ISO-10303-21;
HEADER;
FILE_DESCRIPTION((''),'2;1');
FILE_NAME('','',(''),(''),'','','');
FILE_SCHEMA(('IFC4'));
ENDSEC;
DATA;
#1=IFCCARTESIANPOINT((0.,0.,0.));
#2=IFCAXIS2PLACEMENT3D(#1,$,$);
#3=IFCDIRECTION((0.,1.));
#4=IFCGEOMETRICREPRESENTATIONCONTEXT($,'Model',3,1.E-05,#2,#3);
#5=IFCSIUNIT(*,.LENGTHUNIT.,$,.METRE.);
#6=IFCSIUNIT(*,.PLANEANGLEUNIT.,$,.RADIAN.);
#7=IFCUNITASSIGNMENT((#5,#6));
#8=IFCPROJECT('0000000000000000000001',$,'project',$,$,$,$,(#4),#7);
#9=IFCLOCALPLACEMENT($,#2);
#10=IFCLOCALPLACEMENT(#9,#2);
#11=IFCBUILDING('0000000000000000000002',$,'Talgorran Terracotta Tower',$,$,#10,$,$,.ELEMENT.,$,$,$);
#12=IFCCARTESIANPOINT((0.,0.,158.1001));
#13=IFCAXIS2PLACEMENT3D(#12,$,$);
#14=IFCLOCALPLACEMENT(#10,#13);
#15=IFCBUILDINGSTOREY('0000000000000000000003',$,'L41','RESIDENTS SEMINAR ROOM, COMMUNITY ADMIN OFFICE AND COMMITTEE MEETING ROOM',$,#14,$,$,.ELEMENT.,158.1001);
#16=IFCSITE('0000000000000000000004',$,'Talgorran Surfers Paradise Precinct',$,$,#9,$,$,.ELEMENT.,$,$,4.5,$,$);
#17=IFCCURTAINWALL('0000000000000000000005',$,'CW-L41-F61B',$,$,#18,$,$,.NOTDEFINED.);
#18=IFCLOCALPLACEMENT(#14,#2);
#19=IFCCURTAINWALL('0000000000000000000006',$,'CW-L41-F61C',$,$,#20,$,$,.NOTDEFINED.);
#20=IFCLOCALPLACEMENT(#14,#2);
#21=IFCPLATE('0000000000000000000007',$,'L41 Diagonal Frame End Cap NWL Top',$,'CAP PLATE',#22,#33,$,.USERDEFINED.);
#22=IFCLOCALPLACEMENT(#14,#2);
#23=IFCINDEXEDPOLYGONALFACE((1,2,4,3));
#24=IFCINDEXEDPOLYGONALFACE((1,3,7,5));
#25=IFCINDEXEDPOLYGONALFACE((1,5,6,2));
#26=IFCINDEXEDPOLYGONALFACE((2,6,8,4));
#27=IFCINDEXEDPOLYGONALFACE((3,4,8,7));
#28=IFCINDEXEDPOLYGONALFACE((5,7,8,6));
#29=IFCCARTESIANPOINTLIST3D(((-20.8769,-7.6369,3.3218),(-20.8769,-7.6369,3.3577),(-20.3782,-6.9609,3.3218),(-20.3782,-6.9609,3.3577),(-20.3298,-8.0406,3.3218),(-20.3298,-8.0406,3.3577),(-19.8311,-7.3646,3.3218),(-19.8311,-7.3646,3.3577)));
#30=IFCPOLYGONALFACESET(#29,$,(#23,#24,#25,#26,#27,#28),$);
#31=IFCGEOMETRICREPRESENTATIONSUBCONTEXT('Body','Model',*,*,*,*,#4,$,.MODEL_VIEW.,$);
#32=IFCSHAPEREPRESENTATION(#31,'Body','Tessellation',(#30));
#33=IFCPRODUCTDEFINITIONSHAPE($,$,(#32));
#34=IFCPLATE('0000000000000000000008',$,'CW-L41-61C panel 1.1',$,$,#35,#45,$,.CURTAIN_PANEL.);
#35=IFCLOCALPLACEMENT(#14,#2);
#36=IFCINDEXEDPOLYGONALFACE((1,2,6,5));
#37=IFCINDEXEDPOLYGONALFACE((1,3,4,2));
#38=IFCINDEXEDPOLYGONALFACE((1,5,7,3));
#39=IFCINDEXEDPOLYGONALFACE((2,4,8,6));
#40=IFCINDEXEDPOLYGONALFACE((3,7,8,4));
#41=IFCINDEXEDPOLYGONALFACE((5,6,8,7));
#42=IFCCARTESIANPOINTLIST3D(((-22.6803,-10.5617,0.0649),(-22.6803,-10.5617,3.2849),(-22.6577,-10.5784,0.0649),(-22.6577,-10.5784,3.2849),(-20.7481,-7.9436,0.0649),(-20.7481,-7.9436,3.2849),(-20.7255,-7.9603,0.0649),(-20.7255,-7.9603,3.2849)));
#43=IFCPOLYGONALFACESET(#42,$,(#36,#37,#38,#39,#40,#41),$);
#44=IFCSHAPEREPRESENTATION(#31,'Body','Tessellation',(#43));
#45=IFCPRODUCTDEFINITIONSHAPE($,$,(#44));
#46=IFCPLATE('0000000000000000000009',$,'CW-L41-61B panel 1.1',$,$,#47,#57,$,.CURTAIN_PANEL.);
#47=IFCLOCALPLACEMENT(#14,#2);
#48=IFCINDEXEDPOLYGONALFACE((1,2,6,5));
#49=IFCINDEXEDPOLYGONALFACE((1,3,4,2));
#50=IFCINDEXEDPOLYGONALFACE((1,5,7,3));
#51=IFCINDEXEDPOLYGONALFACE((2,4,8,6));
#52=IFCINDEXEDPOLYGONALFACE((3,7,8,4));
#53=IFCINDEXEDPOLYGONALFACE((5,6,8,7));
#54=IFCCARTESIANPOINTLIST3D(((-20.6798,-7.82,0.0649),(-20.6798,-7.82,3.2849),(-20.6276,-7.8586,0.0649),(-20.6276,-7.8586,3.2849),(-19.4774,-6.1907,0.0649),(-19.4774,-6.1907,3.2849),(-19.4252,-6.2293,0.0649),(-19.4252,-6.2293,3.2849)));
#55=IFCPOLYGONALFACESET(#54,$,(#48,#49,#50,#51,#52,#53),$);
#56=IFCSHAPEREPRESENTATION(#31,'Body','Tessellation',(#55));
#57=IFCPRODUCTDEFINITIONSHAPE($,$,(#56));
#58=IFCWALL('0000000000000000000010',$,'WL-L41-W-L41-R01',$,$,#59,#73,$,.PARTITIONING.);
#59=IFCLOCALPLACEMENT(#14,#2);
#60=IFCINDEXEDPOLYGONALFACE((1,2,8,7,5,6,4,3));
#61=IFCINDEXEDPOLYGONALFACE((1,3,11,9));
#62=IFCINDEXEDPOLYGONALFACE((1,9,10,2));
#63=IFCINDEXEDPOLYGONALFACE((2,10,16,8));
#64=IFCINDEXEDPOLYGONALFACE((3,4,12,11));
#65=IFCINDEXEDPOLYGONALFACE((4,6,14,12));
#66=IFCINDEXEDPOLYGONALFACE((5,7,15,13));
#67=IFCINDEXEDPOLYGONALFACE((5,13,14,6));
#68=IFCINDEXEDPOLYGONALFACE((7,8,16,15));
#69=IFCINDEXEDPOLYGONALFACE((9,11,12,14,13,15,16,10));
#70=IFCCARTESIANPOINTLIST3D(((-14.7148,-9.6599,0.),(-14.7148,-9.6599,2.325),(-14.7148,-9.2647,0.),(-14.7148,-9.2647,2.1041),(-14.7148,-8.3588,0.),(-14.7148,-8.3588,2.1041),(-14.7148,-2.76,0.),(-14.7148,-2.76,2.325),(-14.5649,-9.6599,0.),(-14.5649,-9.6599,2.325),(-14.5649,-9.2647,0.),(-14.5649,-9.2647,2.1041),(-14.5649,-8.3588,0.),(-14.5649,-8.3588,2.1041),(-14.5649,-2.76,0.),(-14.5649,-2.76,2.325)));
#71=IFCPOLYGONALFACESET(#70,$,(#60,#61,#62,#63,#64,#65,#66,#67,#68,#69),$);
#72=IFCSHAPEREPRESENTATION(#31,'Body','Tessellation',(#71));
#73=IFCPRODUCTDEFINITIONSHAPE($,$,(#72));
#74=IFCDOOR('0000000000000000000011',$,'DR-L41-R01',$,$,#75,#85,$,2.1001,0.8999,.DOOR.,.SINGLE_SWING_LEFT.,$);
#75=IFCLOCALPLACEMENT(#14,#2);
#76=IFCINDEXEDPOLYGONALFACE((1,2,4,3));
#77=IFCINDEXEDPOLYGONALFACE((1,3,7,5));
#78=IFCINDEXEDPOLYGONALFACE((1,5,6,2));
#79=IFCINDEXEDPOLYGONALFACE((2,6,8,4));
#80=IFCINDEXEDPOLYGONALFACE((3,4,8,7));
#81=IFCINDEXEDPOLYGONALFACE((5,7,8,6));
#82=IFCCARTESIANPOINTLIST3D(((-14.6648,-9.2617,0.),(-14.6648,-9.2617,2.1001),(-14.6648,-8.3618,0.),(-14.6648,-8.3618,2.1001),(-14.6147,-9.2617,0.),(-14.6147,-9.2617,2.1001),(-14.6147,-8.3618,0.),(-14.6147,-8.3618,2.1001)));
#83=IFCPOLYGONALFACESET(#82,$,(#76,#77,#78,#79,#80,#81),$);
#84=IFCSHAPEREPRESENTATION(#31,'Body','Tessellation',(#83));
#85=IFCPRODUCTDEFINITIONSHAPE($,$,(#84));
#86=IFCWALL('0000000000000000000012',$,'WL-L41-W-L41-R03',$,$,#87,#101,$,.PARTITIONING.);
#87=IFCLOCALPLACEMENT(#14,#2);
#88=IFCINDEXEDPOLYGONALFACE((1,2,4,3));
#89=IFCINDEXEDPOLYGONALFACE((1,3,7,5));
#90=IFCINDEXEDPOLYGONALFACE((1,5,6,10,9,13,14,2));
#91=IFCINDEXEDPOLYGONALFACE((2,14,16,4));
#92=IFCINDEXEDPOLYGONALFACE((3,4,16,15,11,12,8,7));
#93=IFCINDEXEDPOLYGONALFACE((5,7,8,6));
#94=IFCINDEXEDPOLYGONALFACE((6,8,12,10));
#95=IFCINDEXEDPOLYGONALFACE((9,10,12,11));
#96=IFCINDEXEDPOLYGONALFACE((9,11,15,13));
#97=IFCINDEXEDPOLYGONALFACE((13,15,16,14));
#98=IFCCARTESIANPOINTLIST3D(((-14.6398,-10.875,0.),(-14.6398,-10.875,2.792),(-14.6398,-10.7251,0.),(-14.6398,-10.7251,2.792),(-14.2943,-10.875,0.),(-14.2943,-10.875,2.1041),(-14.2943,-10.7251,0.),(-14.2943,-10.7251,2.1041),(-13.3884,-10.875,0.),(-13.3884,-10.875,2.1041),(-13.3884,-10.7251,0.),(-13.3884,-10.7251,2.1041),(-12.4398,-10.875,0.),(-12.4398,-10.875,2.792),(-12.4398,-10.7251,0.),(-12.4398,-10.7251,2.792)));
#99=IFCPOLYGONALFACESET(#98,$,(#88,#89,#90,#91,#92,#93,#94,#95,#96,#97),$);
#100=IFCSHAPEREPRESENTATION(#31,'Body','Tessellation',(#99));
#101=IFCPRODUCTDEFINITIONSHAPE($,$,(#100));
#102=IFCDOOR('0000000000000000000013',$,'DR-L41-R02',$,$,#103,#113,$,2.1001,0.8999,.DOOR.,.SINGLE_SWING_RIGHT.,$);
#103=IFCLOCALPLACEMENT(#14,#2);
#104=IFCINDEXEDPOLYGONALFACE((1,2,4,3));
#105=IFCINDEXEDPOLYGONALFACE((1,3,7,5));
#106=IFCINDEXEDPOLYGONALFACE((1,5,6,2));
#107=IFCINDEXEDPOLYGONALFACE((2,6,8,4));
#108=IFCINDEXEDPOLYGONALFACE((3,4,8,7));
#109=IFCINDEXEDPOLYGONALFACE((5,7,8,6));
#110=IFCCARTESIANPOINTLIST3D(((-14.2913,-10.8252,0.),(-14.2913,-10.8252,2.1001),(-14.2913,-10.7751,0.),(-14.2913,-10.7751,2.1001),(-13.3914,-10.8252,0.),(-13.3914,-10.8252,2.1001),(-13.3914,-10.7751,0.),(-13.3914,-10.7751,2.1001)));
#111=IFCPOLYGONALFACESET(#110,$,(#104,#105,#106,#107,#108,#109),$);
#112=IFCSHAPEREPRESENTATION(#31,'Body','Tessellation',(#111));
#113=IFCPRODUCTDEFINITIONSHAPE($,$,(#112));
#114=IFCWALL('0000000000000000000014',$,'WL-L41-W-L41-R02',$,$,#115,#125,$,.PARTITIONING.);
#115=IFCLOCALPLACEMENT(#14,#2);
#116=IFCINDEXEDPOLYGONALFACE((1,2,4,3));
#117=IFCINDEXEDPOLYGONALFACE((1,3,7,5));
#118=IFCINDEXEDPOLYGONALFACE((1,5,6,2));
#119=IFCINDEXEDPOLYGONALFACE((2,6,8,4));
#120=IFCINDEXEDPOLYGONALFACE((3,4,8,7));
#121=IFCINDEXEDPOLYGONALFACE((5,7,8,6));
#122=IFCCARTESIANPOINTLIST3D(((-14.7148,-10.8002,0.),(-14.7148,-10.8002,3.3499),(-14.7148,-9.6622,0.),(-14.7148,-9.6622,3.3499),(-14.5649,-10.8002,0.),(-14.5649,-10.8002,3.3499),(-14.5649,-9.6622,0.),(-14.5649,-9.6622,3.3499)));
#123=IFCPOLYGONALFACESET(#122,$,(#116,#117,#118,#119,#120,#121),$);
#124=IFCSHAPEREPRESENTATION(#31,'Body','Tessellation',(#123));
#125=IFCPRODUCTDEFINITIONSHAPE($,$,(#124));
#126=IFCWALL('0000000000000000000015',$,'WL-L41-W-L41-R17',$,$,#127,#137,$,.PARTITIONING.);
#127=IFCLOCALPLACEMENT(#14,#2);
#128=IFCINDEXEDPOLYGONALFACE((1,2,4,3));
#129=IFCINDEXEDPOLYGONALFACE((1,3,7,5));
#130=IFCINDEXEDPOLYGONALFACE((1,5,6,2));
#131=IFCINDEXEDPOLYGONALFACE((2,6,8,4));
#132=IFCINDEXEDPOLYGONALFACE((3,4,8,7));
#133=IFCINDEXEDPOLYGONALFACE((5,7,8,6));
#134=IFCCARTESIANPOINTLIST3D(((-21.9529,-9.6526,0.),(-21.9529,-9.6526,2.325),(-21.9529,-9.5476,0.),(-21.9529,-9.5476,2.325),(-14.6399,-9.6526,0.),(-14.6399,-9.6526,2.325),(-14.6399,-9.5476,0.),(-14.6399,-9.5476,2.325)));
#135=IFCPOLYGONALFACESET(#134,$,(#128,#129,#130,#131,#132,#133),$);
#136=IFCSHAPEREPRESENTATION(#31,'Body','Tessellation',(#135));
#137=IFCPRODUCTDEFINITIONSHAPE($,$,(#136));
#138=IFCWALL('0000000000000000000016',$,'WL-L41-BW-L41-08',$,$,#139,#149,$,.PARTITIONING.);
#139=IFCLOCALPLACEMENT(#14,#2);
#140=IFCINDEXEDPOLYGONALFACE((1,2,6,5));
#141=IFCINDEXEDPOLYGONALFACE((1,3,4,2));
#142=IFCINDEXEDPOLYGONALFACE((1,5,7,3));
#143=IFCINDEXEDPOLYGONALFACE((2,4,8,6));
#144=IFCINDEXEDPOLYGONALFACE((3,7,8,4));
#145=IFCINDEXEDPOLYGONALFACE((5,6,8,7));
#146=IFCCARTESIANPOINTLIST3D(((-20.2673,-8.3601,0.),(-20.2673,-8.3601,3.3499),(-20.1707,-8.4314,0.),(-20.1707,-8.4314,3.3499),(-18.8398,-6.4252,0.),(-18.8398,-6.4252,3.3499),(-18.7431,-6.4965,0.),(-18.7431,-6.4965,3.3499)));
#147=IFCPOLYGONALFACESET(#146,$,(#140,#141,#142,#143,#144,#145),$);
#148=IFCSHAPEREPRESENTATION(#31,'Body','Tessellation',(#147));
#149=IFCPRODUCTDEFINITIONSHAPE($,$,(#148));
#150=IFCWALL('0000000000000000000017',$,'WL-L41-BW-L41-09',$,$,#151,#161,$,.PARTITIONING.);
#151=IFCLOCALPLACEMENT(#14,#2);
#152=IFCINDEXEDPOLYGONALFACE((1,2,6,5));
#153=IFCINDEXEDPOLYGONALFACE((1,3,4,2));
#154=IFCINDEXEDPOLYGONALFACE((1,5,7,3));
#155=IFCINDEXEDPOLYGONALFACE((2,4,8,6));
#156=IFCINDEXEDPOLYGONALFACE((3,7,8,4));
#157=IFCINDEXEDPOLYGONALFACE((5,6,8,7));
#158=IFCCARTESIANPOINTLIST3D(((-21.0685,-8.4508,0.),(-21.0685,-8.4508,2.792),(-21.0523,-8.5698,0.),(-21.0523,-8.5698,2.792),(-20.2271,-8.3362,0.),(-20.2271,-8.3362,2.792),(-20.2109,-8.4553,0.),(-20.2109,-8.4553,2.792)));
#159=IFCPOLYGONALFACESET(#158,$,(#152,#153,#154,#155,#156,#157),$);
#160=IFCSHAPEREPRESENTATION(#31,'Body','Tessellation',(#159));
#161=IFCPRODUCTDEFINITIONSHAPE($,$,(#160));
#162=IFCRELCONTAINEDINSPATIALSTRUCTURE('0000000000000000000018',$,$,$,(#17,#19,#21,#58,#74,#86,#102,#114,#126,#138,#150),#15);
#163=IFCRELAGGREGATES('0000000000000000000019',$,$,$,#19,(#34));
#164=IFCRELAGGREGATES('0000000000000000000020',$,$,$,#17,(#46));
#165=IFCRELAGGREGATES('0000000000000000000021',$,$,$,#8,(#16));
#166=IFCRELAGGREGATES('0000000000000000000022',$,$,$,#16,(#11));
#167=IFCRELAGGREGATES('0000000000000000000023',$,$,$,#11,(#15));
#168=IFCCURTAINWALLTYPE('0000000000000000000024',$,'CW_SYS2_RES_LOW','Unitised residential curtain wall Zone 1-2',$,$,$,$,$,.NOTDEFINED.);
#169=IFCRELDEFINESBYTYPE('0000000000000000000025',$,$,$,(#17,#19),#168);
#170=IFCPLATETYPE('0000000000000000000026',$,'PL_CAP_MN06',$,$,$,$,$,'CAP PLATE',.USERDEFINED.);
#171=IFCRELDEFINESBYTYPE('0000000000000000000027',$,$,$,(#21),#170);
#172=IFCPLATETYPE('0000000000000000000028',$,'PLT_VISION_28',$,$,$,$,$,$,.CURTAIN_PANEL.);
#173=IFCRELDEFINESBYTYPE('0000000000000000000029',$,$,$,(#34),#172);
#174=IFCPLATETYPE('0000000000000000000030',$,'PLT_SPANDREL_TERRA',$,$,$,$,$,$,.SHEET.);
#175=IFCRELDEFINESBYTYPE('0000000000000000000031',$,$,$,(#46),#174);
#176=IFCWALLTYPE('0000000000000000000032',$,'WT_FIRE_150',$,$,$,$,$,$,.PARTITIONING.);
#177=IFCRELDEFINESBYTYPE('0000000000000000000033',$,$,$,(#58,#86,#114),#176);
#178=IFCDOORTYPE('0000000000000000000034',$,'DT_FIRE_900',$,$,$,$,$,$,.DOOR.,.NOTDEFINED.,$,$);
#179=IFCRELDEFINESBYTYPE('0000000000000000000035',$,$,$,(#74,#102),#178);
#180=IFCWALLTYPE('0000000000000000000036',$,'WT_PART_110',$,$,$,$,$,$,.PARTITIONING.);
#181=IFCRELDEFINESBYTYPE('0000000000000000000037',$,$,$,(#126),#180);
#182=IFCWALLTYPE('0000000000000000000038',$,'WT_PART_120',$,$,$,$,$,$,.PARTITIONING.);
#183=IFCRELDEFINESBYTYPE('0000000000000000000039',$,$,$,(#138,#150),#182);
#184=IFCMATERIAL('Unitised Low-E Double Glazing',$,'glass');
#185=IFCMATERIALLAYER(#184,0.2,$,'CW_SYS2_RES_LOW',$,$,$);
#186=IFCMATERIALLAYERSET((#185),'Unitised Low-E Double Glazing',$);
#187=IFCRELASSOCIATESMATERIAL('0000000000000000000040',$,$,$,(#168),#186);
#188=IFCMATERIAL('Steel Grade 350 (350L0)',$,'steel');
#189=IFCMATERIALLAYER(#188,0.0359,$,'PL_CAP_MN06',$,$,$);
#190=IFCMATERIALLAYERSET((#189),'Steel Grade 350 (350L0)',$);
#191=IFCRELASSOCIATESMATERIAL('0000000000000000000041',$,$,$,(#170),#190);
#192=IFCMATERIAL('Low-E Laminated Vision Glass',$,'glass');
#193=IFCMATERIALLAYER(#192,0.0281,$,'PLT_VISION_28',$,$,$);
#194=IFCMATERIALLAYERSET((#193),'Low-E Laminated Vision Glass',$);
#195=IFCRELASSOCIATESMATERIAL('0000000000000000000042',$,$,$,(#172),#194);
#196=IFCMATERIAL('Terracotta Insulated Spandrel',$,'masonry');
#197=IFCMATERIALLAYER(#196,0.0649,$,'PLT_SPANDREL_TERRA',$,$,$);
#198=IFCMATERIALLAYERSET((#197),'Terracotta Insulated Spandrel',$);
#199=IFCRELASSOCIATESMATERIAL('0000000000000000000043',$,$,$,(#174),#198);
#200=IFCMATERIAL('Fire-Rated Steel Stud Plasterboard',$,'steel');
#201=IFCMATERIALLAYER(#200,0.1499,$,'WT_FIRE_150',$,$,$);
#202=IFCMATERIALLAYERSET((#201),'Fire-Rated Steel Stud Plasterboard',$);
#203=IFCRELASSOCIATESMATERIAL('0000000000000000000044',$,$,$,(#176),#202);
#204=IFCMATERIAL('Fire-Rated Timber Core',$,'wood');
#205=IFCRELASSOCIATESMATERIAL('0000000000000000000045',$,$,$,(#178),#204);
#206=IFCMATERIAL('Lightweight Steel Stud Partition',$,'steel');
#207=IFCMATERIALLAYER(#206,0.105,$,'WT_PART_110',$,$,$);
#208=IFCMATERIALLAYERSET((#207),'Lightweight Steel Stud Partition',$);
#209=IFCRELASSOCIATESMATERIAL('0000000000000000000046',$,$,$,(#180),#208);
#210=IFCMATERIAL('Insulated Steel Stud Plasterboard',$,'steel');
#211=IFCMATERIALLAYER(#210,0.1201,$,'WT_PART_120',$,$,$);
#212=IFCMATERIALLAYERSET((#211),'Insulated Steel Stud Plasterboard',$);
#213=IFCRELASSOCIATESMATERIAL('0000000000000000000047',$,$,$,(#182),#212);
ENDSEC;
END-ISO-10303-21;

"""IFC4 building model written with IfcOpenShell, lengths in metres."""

from ifc_helpers import new_model, si_unit, direction, frame, frame_2d, origin, origin_2d, place, context, subcontext, project, spatial, rectangle, extrude, source, transform, mapped, material, layer, layer_set, type_object, type_shapes, element, fill, aggregate, save


model = new_model("IFC4")

# Units and contexts
model_context = context("Model", 3, precision=1e-05, world=origin(), true_north=direction((0.0, 1.0)))
body_context = subcontext(model_context, "Body", "Model", "MODEL_VIEW")
ifc_project = project(units=[si_unit("LENGTHUNIT", "METRE"), si_unit("PLANEANGLEUNIT", "RADIAN")], contexts=[model_context])

# Site, building, storey
site_placement = place(None, origin())
site = spatial("IfcSite", under=ifc_project, at=site_placement, Name="Talgorran Surfers Paradise Precinct", CompositionType="ELEMENT", RefElevation=4.5)
building_placement = place(site_placement, origin())
building = spatial("IfcBuilding", under=site, at=building_placement, Name="Talgorran Terracotta Tower", CompositionType="ELEMENT")
storey_placement = place(building_placement, frame((0.0, 0.0, 158.1001)))
storey = spatial("IfcBuildingStorey", under=building, at=storey_placement, Name="L41", Description="RESIDENTS SEMINAR ROOM, COMMUNITY ADMIN OFFICE AND COMMITTEE MEETING ROOM", CompositionType="ELEMENT", Elevation=158.1001)

# Shared definitions
ifc_material_1 = material(Name="Steel Grade 350 (350L0)", Category="steel")

# Curtain wall
ifc_material_2 = material(Name="Unitised Low-E Double Glazing", Category="glass")
ifc_layer_1 = layer(ifc_material_2, 0.2, Name="CW_SYS2_RES_LOW")
ifc_layer_set_1 = layer_set([ifc_layer_1], Name="Unitised Low-E Double Glazing")
curtain_wall_type = type_object("IfcCurtainWallType", Name="CW_SYS2_RES_LOW", Description="Unitised residential curtain wall Zone 1-2", PredefinedType="NOTDEFINED", material=ifc_layer_set_1)
curtain_wall_1_placement = place(storey_placement, origin())
curtain_wall_1 = element("IfcCurtainWall", 1, at=curtain_wall_1_placement, inside=storey, type_object=curtain_wall_type, Name="CW-L41-F61B", PredefinedType="NOTDEFINED")

# Curtain wall
curtain_wall_2_placement = place(storey_placement, origin())
curtain_wall_2 = element("IfcCurtainWall", 2, at=curtain_wall_2_placement, inside=storey, type_object=curtain_wall_type, Name="CW-L41-F61C", PredefinedType="NOTDEFINED")

# Plate
ifc_layer_2 = layer(ifc_material_1, 0.0359, Name="PL_CAP_MN06")
ifc_layer_set_2 = layer_set([ifc_layer_2], Name="Steel Grade 350 (350L0)")
plate_type_1 = type_object("IfcPlateType", Name="PL_CAP_MN06", ElementType="CAP PLATE", PredefinedType="USERDEFINED", material=ifc_layer_set_2)
for number, where, z_axis, x_axis, name in (
    (3, (-20.354, -7.5007, 3.3218), (0.0, 0.0, 1.0), (-0.5937, -0.804687, 0.0), "L41 Diagonal Frame End Cap NWL Top"),
):
    element("IfcPlate", number, at=place(storey_placement, frame(where, z_axis=z_axis, x_axis=x_axis)), inside=storey, type_object=plate_type_1, Name=name, ObjectType="CAP PLATE", PredefinedType="USERDEFINED", context=body_context, shape_type="SweptSolid", body=[
        extrude(rectangle(XDim=0.8401, YDim=0.6799, at=origin_2d()), origin(), (0.0, 0.0, 1.0), 0.0359),
    ])

# Plates
ifc_material_3 = material(Name="Low-E Laminated Vision Glass", Category="glass")
ifc_layer_3 = layer(ifc_material_3, 0.0281, Name="PLT_VISION_28")
ifc_layer_set_3 = layer_set([ifc_layer_3], Name="Low-E Laminated Vision Glass")
plate_type_2 = type_object("IfcPlateType", Name="PLT_VISION_28", PredefinedType="CURTAIN_PANEL", material=ifc_layer_set_3)
shared_shape_1 = source(origin(), body_context, "Body", "SweptSolid", [
    extrude(rectangle(XDim=3.2539, YDim=0.0281, at=origin_2d()), origin(), (0.0, 0.0, 1.0), 3.22),
])
type_shapes(plate_type_2, [shared_shape_1])
plate_1_placement = place(storey_placement, frame((-21.7029, -9.261, 0.0649), z_axis=(0.0, 0.0, 1.0), x_axis=(-0.593798, -0.804614, 0.0)))
plate_1 = element("IfcPlate", 4, at=plate_1_placement, type_object=plate_type_2, Name="CW-L41-61C panel 1.1", PredefinedType="CURTAIN_PANEL", context=body_context, shape_type="MappedRepresentation", body=[
    mapped(shared_shape_1, transform((0.0, 0.0, 0.0), scale=1.0)),
])
aggregate(curtain_wall_2, [plate_1])
ifc_material_4 = material(Name="Terracotta Insulated Spandrel", Category="masonry")
ifc_layer_4 = layer(ifc_material_4, 0.0649, Name="PLT_SPANDREL_TERRA")
ifc_layer_set_4 = layer_set([ifc_layer_4], Name="Terracotta Insulated Spandrel")
plate_type_3 = type_object("IfcPlateType", Name="PLT_SPANDREL_TERRA", PredefinedType="SHEET", material=ifc_layer_set_4)
shared_shape_2 = source(origin(), body_context, "Body", "SweptSolid", [
    extrude(rectangle(XDim=2.0249, YDim=0.0649, at=origin_2d()), origin(), (0.0, 0.0, 1.0), 3.22),
])
type_shapes(plate_type_3, [shared_shape_2])
plate_2_placement = place(storey_placement, frame((-20.0525, -7.0247, 0.0649), z_axis=(0.0, 0.0, 1.0), x_axis=(-0.593797, -0.804615, 0.0)))
plate_2 = element("IfcPlate", 5, at=plate_2_placement, type_object=plate_type_3, Name="CW-L41-61B panel 1.1", PredefinedType="CURTAIN_PANEL", context=body_context, shape_type="MappedRepresentation", body=[
    mapped(shared_shape_2, transform((0.0, 0.0, 0.0), scale=1.0)),
])
aggregate(curtain_wall_1, [plate_2])

# Walls, openings, doors
ifc_material_5 = material(Name="Fire-Rated Steel Stud Plasterboard", Category="steel")
ifc_layer_5 = layer(ifc_material_5, 0.1499, Name="WT_FIRE_150")
ifc_layer_set_5 = layer_set([ifc_layer_5], Name="Fire-Rated Steel Stud Plasterboard")
wall_type_1 = type_object("IfcWallType", Name="WT_FIRE_150", PredefinedType="PARTITIONING", material=ifc_layer_set_5)
wall_1_placement = place(storey_placement, frame((-14.6399, -9.6599, 0.0), z_axis=(0.0, 0.0, 1.0), x_axis=(0.0, 1.0, 0.0)))
wall_1 = element("IfcWall", 6, at=wall_1_placement, inside=storey, type_object=wall_type_1, Name="WL-L41-W-L41-R01", PredefinedType="PARTITIONING", context=body_context, shape_type="SweptSolid", body=[
    extrude(rectangle(XDim=6.8999, YDim=0.1499, at=frame_2d((3.45, 0.0))), origin(), (0.0, 0.0, 1.0), 2.325),
])
opening_1_placement = place(wall_1_placement, frame((0.3982, 0.0, 0.0)))
opening_1 = element("IfcOpeningElement", 7, at=opening_1_placement, cuts=wall_1, PredefinedType="OPENING", context=body_context, shape_type="SweptSolid", body=[
    extrude(rectangle(XDim=0.9059, YDim=2.1041, at=frame_2d((0.45, 1.052))), frame((0.0, 0.085, 0.0), z_axis=(0.0, -1.0, 0.0), x_axis=(1.0, 0.0, 0.0)), (0.0, 0.0, 1.0), 0.1699),
])
ifc_material_6 = material(Name="Fire-Rated Timber Core", Category="wood")
door_type = type_object("IfcDoorType", Name="DT_FIRE_900", OperationType="NOTDEFINED", PredefinedType="DOOR", material=ifc_material_6)
door_1_placement = place(opening_1_placement, origin())
door_1 = element("IfcDoor", 8, at=door_1_placement, inside=storey, type_object=door_type, Name="DR-L41-R01", OperationType="SINGLE_SWING_LEFT", OverallHeight=2.1001, OverallWidth=0.8999, PredefinedType="DOOR", context=body_context, shape_type="SweptSolid", body=[
    extrude(rectangle(XDim=0.8999, YDim=2.1001, at=frame_2d((0.45, 1.05))), frame((0.0, 0.0249, 0.0), z_axis=(0.0, -1.0, 0.0), x_axis=(1.0, 0.0, 0.0)), (0.0, 0.0, 1.0), 0.05),
])
fill(opening_1, door_1)
wall_2_placement = place(storey_placement, frame((-14.6399, -10.8, 0.0), z_axis=(0.0, 0.0, 1.0), x_axis=(1.0, 0.0, 0.0)))
wall_2 = element("IfcWall", 9, at=wall_2_placement, inside=storey, type_object=wall_type_1, Name="WL-L41-W-L41-R03", PredefinedType="PARTITIONING", context=body_context, shape_type="SweptSolid", body=[
    extrude(rectangle(XDim=2.2, YDim=0.1499, at=frame_2d((1.1001, 0.0))), origin(), (0.0, 0.0, 1.0), 2.792),
])
opening_2_placement = place(wall_2_placement, frame((0.3486, 0.0, 0.0)))
opening_2 = element("IfcOpeningElement", 10, at=opening_2_placement, cuts=wall_2, PredefinedType="OPENING", context=body_context, shape_type="SweptSolid", body=[
    extrude(rectangle(XDim=0.9059, YDim=2.1041, at=frame_2d((0.45, 1.052))), frame((0.0, 0.085, 0.0), z_axis=(0.0, -1.0, 0.0), x_axis=(1.0, 0.0, 0.0)), (0.0, 0.0, 1.0), 0.1699),
])
door_2_placement = place(opening_2_placement, origin())
door_2 = element("IfcDoor", 11, at=door_2_placement, inside=storey, type_object=door_type, Name="DR-L41-R02", OperationType="SINGLE_SWING_RIGHT", OverallHeight=2.1001, OverallWidth=0.8999, PredefinedType="DOOR", context=body_context, shape_type="SweptSolid", body=[
    extrude(rectangle(XDim=0.8999, YDim=2.1001, at=frame_2d((0.45, 1.05))), frame((0.0, 0.0249, 0.0), z_axis=(0.0, -1.0, 0.0), x_axis=(1.0, 0.0, 0.0)), (0.0, 0.0, 1.0), 0.05),
])
fill(opening_2, door_2)

# Walls
wall_3_placement = place(storey_placement, frame((-14.6399, -10.8, 0.0), z_axis=(0.0, 0.0, 1.0), x_axis=(0.0, 1.0, 0.0)))
element("IfcWall", 12, at=wall_3_placement, inside=storey, type_object=wall_type_1, Name="WL-L41-W-L41-R02", PredefinedType="PARTITIONING", context=body_context, shape_type="SweptSolid", body=[
    extrude(rectangle(XDim=1.1379, YDim=0.1499, at=frame_2d((0.5688, 0.0))), origin(), (0.0, 0.0, 1.0), 3.3499),
])
ifc_material_7 = material(Name="Lightweight Steel Stud Partition", Category="steel")
ifc_layer_6 = layer(ifc_material_7, 0.105, Name="WT_PART_110")
ifc_layer_set_6 = layer_set([ifc_layer_6], Name="Lightweight Steel Stud Partition")
wall_type_2 = type_object("IfcWallType", Name="WT_PART_110", PredefinedType="PARTITIONING", material=ifc_layer_set_6)
wall_4_placement = place(storey_placement, frame((-21.9529, -9.6001, 0.0), z_axis=(0.0, 0.0, 1.0), x_axis=(1.0, 0.0, 0.0)))
element("IfcWall", 13, at=wall_4_placement, inside=storey, type_object=wall_type_2, Name="WL-L41-W-L41-R17", PredefinedType="PARTITIONING", context=body_context, shape_type="SweptSolid", body=[
    extrude(rectangle(XDim=7.313, YDim=0.105, at=frame_2d((3.6565, 0.0))), origin(), (0.0, 0.0, 1.0), 2.325),
])
ifc_material_8 = material(Name="Insulated Steel Stud Plasterboard", Category="steel")
ifc_layer_7 = layer(ifc_material_8, 0.1201, Name="WT_PART_120")
ifc_layer_set_7 = layer_set([ifc_layer_7], Name="Insulated Steel Stud Plasterboard")
wall_type_3 = type_object("IfcWallType", Name="WT_PART_120", PredefinedType="PARTITIONING", material=ifc_layer_set_7)
wall_5_placement = place(storey_placement, frame((-18.7915, -6.4609, 0.0), z_axis=(0.0, 0.0, 1.0), x_axis=(-0.593694, -0.804691, 0.0)))
element("IfcWall", 14, at=wall_5_placement, inside=storey, type_object=wall_type_3, Name="WL-L41-BW-L41-08", PredefinedType="PARTITIONING", context=body_context, shape_type="SweptSolid", body=[
    extrude(rectangle(XDim=2.4045, YDim=0.1201, at=frame_2d((1.2021, 0.0))), origin(), (0.0, 0.0, 1.0), 3.3499),
])
wall_6_placement = place(storey_placement, frame((-20.219, -8.3958, 0.0), z_axis=(0.0, 0.0, 1.0), x_axis=(-0.990865, -0.134857, 0.0)))
element("IfcWall", 15, at=wall_6_placement, inside=storey, type_object=wall_type_3, Name="WL-L41-BW-L41-09", PredefinedType="PARTITIONING", context=body_context, shape_type="SweptSolid", body=[
    extrude(rectangle(XDim=0.8491, YDim=0.1201, at=frame_2d((0.4246, 0.0))), origin(), (0.0, 0.0, 1.0), 2.792),
])

save(model, "model.ifc")
